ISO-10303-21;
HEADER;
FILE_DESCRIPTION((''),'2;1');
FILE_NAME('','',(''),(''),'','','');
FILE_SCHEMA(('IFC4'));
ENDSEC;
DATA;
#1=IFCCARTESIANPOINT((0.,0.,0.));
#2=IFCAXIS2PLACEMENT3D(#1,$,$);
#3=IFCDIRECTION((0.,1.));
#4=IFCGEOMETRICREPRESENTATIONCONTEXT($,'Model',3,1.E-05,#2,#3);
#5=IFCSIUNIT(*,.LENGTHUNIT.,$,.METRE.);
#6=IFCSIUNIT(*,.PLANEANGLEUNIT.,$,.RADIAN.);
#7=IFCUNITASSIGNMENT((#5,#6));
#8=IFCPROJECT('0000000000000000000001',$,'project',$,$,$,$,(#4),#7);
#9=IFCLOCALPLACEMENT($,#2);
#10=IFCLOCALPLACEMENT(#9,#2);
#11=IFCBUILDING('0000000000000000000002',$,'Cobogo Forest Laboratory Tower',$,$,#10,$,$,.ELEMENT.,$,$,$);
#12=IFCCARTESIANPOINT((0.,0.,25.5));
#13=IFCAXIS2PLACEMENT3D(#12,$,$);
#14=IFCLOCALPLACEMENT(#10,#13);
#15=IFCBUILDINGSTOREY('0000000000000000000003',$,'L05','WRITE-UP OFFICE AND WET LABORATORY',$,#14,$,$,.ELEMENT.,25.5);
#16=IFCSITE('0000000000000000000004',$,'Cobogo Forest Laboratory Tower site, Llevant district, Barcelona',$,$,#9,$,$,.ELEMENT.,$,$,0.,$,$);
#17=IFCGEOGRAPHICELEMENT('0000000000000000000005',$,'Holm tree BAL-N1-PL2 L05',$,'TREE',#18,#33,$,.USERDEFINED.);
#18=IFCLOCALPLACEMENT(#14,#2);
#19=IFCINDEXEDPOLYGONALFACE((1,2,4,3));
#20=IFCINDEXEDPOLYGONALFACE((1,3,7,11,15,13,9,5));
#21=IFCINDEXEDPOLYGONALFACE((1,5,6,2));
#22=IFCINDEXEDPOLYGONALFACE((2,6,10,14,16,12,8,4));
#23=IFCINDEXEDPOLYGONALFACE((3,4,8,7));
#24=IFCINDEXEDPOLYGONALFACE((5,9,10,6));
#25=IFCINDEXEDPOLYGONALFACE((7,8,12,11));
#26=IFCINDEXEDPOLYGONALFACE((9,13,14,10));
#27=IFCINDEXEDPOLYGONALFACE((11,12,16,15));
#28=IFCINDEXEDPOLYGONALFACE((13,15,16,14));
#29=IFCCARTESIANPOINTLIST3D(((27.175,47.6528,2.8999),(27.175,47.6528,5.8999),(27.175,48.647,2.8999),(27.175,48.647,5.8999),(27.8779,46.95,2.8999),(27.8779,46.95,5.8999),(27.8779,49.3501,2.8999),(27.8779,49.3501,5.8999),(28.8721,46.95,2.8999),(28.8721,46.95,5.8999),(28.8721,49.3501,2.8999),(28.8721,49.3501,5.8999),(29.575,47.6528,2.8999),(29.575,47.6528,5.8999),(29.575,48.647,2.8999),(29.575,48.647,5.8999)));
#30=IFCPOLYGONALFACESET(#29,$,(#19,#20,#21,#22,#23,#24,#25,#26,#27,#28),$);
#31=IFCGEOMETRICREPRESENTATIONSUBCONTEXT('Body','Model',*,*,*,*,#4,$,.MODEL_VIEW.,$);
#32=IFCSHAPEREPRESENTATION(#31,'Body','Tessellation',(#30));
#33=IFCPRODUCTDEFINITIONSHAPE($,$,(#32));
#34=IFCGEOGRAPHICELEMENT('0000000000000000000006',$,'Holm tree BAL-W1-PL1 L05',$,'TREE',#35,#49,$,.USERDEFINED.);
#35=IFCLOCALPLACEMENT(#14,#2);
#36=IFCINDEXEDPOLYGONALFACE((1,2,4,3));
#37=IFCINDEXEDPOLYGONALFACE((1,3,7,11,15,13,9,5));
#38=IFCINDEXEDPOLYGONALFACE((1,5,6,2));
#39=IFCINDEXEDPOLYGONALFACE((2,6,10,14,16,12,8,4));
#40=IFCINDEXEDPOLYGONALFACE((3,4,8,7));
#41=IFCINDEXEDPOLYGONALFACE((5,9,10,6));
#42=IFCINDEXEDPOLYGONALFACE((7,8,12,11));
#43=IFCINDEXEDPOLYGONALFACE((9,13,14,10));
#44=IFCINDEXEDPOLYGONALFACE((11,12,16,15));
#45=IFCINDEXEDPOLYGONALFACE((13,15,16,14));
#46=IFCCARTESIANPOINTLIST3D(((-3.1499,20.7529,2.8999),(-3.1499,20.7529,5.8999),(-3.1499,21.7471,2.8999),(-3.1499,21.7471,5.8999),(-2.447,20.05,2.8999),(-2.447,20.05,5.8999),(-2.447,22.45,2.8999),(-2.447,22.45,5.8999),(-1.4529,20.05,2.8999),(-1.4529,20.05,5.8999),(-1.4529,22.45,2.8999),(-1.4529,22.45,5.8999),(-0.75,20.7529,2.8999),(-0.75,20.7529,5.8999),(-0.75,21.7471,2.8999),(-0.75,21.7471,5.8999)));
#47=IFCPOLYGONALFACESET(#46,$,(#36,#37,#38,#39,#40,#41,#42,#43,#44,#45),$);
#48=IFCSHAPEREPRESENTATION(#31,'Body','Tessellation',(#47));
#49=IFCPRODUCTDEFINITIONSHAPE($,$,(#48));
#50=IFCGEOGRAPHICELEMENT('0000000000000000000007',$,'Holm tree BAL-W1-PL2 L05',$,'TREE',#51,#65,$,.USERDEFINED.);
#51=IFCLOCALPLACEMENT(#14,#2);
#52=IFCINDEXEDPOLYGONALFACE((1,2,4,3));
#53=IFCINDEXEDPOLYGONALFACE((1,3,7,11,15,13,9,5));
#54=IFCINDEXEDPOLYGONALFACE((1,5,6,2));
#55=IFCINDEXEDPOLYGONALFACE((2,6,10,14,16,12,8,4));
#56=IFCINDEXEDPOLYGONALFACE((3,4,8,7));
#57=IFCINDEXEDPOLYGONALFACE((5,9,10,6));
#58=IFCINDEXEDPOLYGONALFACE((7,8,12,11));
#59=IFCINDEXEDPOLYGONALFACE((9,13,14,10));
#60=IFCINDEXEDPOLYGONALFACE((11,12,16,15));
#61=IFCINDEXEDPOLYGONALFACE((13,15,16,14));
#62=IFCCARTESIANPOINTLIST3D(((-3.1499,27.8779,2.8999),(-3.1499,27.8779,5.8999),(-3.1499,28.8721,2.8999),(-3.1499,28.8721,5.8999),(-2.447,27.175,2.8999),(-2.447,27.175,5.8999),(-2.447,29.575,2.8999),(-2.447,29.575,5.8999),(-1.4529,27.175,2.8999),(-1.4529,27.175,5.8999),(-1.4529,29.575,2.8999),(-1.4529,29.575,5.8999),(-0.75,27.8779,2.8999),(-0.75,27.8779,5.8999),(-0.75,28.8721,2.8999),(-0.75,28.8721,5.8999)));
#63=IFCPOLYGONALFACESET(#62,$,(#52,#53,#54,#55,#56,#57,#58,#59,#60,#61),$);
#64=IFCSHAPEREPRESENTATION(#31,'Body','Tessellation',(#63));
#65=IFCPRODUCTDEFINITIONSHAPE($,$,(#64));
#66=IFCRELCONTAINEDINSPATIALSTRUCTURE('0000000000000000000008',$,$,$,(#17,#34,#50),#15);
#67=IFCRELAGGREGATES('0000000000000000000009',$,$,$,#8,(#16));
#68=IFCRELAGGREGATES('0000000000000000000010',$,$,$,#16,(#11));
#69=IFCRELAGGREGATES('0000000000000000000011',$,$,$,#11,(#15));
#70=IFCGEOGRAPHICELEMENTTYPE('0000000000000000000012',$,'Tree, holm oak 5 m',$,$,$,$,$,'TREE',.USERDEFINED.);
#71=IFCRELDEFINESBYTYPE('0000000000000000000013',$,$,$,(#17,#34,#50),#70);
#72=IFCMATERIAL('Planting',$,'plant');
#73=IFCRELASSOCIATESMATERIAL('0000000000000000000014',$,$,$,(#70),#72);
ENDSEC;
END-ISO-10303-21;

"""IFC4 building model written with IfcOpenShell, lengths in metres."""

from ifc_helpers import new_model, si_unit, direction, frame, origin, place, context, subcontext, project, spatial, polyline, outline, extrude, material, type_object, element, save


model = new_model("IFC4")

# Units and contexts
model_context = context("Model", 3, precision=1e-05, world=origin(), true_north=direction((0.0, 1.0)))
body_context = subcontext(model_context, "Body", "Model", "MODEL_VIEW")
ifc_project = project(units=[si_unit("LENGTHUNIT", "METRE"), si_unit("PLANEANGLEUNIT", "RADIAN")], contexts=[model_context])

# Site, building, storey
site_placement = place(None, origin())
site = spatial("IfcSite", under=ifc_project, at=site_placement, Name="Cobogo Forest Laboratory Tower site, Llevant district, Barcelona", CompositionType="ELEMENT", RefElevation=0.0)
building_placement = place(site_placement, origin())
building = spatial("IfcBuilding", under=site, at=building_placement, Name="Cobogo Forest Laboratory Tower", CompositionType="ELEMENT")
storey_placement = place(building_placement, frame((0.0, 0.0, 25.5)))
storey = spatial("IfcBuildingStorey", under=building, at=storey_placement, Name="L05", Description="WRITE-UP OFFICE AND WET LABORATORY", CompositionType="ELEMENT", Elevation=25.5)

# Geographic elements
ifc_material_1 = material(Name="Planting", Category="plant")
geographic_element_type = type_object("IfcGeographicElementType", Name="Tree, holm oak 5 m", ElementType="TREE", PredefinedType="USERDEFINED", material=ifc_material_1)
geographic_element_1_placement = place(storey_placement, frame((0.0, 0.0, 2.8999)))
element("IfcGeographicElement", 1, at=geographic_element_1_placement, inside=storey, type_object=geographic_element_type, Name="Holm tree BAL-N1-PL2 L05", ObjectType="TREE", PredefinedType="USERDEFINED", context=body_context, shape_type="SweptSolid", body=[
    extrude(outline(polyline([(29.575, 47.6528), (29.575, 48.647), (28.8721, 49.3501), (27.8779, 49.3501), (27.175, 48.647), (27.175, 47.6528), (27.8779, 46.95), (28.8721, 46.95), (29.575, 47.6528)])), origin(), (0.0, 0.0, 1.0), 3.0),
])
geographic_element_2_placement = place(storey_placement, frame((0.0, 0.0, 2.8999)))
element("IfcGeographicElement", 2, at=geographic_element_2_placement, inside=storey, type_object=geographic_element_type, Name="Holm tree BAL-W1-PL1 L05", ObjectType="TREE", PredefinedType="USERDEFINED", context=body_context, shape_type="SweptSolid", body=[
    extrude(outline(polyline([(-0.75, 20.7529), (-0.75, 21.7471), (-1.4529, 22.45), (-2.447, 22.45), (-3.1499, 21.7471), (-3.1499, 20.7529), (-2.447, 20.05), (-1.4529, 20.05), (-0.75, 20.7529)])), origin(), (0.0, 0.0, 1.0), 3.0),
])
geographic_element_3_placement = place(storey_placement, frame((0.0, 0.0, 2.8999)))
element("IfcGeographicElement", 3, at=geographic_element_3_placement, inside=storey, type_object=geographic_element_type, Name="Holm tree BAL-W1-PL2 L05", ObjectType="TREE", PredefinedType="USERDEFINED", context=body_context, shape_type="SweptSolid", body=[
    extrude(outline(polyline([(-0.75, 27.8779), (-0.75, 28.8721), (-1.4529, 29.575), (-2.447, 29.575), (-3.1499, 28.8721), (-3.1499, 27.8779), (-2.447, 27.175), (-1.4529, 27.175), (-0.75, 27.8779)])), origin(), (0.0, 0.0, 1.0), 3.0),
])

save(model, "model.ifc")
